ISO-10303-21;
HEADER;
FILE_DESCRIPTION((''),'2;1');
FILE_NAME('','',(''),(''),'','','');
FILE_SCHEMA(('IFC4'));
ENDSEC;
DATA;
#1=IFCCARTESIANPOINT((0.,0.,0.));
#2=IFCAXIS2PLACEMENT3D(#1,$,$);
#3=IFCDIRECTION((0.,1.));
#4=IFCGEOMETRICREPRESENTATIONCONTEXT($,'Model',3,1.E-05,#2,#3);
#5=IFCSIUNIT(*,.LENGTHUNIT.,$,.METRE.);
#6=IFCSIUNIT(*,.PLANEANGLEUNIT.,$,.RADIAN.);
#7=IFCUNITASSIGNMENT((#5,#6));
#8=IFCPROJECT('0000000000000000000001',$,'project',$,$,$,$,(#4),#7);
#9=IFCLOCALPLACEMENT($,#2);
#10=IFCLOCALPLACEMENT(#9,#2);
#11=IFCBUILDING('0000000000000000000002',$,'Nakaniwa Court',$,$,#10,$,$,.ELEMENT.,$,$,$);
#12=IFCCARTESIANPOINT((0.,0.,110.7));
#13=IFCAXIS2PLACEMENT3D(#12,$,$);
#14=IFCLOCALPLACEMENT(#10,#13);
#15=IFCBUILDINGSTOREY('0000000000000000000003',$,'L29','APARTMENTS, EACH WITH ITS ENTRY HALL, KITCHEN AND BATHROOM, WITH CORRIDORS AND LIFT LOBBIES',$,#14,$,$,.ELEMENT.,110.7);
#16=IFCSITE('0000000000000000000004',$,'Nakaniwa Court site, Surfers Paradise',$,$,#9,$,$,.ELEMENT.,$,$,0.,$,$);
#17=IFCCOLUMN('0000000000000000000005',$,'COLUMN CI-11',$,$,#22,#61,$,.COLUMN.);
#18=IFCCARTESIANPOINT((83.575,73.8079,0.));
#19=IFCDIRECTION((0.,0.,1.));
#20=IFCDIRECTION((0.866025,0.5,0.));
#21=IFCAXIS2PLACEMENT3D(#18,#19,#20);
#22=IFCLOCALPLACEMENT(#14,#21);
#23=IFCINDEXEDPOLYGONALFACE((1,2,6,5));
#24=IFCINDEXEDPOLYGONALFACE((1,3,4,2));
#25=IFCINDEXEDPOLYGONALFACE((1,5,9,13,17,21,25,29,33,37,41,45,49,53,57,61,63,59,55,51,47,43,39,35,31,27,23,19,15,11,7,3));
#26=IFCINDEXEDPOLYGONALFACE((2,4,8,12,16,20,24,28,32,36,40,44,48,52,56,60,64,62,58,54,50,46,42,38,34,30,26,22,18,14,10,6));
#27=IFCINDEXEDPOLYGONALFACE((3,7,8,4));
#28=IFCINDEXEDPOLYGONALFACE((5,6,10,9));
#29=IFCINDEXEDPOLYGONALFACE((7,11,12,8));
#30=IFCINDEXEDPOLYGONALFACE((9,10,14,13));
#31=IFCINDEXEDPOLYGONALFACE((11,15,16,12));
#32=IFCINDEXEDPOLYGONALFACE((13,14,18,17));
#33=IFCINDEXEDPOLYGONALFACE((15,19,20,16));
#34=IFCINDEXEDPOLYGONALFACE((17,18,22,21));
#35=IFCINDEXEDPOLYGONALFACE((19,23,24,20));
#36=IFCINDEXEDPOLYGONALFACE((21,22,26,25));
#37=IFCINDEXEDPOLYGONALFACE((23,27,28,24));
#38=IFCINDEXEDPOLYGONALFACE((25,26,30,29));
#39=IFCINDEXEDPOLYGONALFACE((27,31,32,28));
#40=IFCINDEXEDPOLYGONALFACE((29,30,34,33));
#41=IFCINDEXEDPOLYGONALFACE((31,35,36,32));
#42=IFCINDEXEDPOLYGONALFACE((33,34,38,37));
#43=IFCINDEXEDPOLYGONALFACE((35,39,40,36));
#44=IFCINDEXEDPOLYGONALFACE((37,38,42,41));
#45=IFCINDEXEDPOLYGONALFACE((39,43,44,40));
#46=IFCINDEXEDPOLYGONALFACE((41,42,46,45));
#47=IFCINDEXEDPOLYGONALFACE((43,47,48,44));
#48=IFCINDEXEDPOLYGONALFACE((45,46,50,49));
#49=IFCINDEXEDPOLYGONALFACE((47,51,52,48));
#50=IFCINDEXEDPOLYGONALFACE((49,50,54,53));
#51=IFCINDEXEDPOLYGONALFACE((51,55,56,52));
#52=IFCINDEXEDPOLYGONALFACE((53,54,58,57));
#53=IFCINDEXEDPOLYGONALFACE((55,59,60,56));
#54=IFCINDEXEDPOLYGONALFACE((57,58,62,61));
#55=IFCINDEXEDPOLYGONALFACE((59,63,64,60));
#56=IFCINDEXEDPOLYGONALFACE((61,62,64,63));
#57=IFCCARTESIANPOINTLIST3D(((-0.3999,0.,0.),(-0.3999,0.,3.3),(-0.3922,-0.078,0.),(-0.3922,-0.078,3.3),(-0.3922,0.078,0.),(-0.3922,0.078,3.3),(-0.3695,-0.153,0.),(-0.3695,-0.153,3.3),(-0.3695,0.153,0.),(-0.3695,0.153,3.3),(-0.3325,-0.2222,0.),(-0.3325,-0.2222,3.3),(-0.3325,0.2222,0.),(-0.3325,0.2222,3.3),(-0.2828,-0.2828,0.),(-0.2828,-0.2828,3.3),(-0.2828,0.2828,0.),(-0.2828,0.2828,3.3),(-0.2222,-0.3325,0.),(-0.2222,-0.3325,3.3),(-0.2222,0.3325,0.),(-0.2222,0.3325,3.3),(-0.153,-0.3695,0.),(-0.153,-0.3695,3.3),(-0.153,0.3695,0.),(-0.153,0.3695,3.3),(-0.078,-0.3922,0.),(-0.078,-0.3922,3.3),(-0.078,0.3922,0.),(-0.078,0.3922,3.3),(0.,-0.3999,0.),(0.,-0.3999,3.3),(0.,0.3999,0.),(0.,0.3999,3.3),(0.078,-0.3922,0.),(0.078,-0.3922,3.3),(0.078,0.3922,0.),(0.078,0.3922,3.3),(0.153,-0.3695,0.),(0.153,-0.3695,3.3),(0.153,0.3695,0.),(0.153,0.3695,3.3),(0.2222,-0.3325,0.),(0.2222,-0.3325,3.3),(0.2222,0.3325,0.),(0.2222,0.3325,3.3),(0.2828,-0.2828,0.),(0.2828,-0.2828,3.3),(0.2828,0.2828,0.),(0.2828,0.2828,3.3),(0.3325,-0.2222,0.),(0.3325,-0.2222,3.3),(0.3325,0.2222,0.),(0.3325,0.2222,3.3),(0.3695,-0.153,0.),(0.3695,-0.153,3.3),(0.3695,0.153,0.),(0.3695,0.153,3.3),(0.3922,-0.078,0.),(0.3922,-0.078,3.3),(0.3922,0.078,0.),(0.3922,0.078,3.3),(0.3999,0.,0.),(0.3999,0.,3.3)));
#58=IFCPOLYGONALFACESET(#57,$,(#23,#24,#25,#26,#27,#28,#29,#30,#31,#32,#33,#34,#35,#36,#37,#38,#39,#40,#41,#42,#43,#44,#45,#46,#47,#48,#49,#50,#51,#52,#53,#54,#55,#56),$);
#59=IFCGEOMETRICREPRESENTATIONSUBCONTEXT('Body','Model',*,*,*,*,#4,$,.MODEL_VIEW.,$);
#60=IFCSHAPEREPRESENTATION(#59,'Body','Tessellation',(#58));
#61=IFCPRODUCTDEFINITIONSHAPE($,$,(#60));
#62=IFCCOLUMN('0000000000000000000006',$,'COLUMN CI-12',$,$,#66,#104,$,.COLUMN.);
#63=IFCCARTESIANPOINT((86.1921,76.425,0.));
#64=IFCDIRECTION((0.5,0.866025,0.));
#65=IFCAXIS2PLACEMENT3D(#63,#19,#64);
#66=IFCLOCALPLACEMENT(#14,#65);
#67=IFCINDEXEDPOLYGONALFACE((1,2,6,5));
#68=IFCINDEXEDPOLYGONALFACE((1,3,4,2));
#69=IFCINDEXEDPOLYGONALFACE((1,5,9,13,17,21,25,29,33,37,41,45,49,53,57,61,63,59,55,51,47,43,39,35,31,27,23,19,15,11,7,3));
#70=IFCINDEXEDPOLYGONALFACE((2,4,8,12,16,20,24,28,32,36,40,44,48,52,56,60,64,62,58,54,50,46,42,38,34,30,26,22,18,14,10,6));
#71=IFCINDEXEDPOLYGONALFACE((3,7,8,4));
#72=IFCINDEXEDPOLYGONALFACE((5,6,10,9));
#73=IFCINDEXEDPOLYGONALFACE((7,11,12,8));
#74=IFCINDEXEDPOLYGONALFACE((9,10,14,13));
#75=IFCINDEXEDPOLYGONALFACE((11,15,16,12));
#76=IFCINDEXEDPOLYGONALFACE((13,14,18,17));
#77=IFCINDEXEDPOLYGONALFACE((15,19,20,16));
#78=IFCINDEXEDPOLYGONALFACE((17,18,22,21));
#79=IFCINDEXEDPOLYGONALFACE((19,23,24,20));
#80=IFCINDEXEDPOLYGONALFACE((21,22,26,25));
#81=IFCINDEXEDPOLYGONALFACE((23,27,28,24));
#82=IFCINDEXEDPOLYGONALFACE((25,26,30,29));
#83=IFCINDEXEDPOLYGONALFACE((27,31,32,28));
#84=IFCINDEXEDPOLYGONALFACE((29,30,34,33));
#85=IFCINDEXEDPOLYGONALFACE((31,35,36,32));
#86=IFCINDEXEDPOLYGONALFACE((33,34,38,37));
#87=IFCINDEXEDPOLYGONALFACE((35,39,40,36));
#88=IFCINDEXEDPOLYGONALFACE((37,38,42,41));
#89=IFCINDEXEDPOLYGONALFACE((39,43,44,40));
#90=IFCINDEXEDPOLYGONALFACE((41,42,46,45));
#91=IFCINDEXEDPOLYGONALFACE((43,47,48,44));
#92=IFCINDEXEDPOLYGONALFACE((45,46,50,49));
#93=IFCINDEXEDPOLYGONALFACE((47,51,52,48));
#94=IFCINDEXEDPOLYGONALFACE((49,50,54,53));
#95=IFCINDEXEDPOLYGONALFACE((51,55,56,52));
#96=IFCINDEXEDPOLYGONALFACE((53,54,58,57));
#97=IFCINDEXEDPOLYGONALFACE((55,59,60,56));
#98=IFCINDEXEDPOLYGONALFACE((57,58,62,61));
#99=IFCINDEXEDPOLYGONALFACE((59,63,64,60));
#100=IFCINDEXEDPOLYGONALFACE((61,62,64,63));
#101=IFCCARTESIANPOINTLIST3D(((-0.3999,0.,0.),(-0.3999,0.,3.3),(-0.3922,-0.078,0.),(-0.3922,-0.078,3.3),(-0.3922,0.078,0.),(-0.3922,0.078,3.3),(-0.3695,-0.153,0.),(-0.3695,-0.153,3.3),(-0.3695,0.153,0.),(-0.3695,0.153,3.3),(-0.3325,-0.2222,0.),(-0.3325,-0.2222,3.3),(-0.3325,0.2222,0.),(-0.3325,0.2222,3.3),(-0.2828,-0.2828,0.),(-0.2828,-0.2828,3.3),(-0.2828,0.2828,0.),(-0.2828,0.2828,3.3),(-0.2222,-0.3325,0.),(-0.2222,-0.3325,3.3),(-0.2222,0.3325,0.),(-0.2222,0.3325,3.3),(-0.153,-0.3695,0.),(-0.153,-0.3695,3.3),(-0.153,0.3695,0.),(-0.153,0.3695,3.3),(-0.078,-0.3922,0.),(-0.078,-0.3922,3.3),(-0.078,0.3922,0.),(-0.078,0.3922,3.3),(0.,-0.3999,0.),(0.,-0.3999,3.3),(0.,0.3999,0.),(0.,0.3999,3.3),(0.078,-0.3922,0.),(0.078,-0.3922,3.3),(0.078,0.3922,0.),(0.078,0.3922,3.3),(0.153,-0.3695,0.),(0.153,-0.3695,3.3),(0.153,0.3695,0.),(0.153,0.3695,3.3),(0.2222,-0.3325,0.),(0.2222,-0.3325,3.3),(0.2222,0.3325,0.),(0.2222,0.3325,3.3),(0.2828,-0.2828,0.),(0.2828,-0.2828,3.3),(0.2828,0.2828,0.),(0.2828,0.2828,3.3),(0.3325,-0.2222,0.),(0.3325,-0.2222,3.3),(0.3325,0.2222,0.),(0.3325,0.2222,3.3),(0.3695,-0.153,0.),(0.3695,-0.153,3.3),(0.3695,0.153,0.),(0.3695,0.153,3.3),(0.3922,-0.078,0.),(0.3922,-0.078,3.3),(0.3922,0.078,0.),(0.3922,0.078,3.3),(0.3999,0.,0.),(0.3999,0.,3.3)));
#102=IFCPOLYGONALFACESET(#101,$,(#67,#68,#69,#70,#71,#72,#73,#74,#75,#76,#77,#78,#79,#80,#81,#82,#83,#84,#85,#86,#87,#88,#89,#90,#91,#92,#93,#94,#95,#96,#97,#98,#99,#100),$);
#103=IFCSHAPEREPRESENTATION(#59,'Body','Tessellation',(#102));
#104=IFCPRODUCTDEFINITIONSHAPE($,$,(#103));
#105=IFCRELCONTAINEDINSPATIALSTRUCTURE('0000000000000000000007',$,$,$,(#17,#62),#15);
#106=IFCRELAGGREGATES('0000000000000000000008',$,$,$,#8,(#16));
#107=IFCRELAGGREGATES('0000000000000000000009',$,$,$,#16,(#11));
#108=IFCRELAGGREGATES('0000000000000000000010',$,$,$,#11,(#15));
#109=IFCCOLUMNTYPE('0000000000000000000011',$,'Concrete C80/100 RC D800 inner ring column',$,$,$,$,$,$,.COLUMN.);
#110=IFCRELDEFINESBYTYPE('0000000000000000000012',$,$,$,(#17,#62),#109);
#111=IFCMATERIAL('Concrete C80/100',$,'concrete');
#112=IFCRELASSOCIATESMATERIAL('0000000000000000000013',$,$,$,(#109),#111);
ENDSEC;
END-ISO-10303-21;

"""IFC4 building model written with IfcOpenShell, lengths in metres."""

from ifc_helpers import new_model, si_unit, direction, frame, origin, origin_2d, place, context, subcontext, project, spatial, circle, extrude, material, material_profile, profile_set, type_object, element, save


model = new_model("IFC4")

# Units and contexts
model_context = context("Model", 3, precision=1e-05, world=origin(), true_north=direction((0.0, 1.0)))
body_context = subcontext(model_context, "Body", "Model", "MODEL_VIEW")
ifc_project = project(units=[si_unit("LENGTHUNIT", "METRE"), si_unit("PLANEANGLEUNIT", "RADIAN")], contexts=[model_context])

# Site, building, storey
site_placement = place(None, origin())
site = spatial("IfcSite", under=ifc_project, at=site_placement, Name="Nakaniwa Court site, Surfers Paradise", CompositionType="ELEMENT", RefElevation=0.0)
building_placement = place(site_placement, origin())
building = spatial("IfcBuilding", under=site, at=building_placement, Name="Nakaniwa Court", CompositionType="ELEMENT")
storey_placement = place(building_placement, frame((0.0, 0.0, 110.7)))
storey = spatial("IfcBuildingStorey", under=building, at=storey_placement, Name="L29", Description="APARTMENTS, EACH WITH ITS ENTRY HALL, KITCHEN AND BATHROOM, WITH CORRIDORS AND LIFT LOBBIES", CompositionType="ELEMENT", Elevation=110.7)

# Columns
ifc_material_1 = material(Name="Concrete C80/100", Category="concrete")
ifc_material_profile_1 = material_profile(ifc_material_1, circle(Radius=0.3999, at=origin_2d()), Name="Concrete C80/100 RC D800 inner ring column")
ifc_profile_set_1 = profile_set([ifc_material_profile_1], Name="Concrete C80/100")
column_type = type_object("IfcColumnType", Name="Concrete C80/100 RC D800 inner ring column", PredefinedType="COLUMN", material=ifc_profile_set_1)
for number, where, z_axis, x_axis, name in (
    (1, (83.575, 73.8079, 0.0), (0.0, 0.0, 1.0), (0.866025, 0.5, 0.0), "COLUMN CI-11"),
    (2, (86.1921, 76.425, 0.0), (0.0, 0.0, 1.0), (0.5, 0.866025, 0.0), "COLUMN CI-12"),
):
    element("IfcColumn", number, at=place(storey_placement, frame(where, z_axis=z_axis, x_axis=x_axis)), inside=storey, type_object=column_type, Name=name, PredefinedType="COLUMN", context=body_context, shape_type="SweptSolid", body=[
        extrude(circle(Radius=0.3999, at=origin_2d()), origin(), (0.0, 0.0, 1.0), 3.3),
    ])

save(model, "model.ifc")
